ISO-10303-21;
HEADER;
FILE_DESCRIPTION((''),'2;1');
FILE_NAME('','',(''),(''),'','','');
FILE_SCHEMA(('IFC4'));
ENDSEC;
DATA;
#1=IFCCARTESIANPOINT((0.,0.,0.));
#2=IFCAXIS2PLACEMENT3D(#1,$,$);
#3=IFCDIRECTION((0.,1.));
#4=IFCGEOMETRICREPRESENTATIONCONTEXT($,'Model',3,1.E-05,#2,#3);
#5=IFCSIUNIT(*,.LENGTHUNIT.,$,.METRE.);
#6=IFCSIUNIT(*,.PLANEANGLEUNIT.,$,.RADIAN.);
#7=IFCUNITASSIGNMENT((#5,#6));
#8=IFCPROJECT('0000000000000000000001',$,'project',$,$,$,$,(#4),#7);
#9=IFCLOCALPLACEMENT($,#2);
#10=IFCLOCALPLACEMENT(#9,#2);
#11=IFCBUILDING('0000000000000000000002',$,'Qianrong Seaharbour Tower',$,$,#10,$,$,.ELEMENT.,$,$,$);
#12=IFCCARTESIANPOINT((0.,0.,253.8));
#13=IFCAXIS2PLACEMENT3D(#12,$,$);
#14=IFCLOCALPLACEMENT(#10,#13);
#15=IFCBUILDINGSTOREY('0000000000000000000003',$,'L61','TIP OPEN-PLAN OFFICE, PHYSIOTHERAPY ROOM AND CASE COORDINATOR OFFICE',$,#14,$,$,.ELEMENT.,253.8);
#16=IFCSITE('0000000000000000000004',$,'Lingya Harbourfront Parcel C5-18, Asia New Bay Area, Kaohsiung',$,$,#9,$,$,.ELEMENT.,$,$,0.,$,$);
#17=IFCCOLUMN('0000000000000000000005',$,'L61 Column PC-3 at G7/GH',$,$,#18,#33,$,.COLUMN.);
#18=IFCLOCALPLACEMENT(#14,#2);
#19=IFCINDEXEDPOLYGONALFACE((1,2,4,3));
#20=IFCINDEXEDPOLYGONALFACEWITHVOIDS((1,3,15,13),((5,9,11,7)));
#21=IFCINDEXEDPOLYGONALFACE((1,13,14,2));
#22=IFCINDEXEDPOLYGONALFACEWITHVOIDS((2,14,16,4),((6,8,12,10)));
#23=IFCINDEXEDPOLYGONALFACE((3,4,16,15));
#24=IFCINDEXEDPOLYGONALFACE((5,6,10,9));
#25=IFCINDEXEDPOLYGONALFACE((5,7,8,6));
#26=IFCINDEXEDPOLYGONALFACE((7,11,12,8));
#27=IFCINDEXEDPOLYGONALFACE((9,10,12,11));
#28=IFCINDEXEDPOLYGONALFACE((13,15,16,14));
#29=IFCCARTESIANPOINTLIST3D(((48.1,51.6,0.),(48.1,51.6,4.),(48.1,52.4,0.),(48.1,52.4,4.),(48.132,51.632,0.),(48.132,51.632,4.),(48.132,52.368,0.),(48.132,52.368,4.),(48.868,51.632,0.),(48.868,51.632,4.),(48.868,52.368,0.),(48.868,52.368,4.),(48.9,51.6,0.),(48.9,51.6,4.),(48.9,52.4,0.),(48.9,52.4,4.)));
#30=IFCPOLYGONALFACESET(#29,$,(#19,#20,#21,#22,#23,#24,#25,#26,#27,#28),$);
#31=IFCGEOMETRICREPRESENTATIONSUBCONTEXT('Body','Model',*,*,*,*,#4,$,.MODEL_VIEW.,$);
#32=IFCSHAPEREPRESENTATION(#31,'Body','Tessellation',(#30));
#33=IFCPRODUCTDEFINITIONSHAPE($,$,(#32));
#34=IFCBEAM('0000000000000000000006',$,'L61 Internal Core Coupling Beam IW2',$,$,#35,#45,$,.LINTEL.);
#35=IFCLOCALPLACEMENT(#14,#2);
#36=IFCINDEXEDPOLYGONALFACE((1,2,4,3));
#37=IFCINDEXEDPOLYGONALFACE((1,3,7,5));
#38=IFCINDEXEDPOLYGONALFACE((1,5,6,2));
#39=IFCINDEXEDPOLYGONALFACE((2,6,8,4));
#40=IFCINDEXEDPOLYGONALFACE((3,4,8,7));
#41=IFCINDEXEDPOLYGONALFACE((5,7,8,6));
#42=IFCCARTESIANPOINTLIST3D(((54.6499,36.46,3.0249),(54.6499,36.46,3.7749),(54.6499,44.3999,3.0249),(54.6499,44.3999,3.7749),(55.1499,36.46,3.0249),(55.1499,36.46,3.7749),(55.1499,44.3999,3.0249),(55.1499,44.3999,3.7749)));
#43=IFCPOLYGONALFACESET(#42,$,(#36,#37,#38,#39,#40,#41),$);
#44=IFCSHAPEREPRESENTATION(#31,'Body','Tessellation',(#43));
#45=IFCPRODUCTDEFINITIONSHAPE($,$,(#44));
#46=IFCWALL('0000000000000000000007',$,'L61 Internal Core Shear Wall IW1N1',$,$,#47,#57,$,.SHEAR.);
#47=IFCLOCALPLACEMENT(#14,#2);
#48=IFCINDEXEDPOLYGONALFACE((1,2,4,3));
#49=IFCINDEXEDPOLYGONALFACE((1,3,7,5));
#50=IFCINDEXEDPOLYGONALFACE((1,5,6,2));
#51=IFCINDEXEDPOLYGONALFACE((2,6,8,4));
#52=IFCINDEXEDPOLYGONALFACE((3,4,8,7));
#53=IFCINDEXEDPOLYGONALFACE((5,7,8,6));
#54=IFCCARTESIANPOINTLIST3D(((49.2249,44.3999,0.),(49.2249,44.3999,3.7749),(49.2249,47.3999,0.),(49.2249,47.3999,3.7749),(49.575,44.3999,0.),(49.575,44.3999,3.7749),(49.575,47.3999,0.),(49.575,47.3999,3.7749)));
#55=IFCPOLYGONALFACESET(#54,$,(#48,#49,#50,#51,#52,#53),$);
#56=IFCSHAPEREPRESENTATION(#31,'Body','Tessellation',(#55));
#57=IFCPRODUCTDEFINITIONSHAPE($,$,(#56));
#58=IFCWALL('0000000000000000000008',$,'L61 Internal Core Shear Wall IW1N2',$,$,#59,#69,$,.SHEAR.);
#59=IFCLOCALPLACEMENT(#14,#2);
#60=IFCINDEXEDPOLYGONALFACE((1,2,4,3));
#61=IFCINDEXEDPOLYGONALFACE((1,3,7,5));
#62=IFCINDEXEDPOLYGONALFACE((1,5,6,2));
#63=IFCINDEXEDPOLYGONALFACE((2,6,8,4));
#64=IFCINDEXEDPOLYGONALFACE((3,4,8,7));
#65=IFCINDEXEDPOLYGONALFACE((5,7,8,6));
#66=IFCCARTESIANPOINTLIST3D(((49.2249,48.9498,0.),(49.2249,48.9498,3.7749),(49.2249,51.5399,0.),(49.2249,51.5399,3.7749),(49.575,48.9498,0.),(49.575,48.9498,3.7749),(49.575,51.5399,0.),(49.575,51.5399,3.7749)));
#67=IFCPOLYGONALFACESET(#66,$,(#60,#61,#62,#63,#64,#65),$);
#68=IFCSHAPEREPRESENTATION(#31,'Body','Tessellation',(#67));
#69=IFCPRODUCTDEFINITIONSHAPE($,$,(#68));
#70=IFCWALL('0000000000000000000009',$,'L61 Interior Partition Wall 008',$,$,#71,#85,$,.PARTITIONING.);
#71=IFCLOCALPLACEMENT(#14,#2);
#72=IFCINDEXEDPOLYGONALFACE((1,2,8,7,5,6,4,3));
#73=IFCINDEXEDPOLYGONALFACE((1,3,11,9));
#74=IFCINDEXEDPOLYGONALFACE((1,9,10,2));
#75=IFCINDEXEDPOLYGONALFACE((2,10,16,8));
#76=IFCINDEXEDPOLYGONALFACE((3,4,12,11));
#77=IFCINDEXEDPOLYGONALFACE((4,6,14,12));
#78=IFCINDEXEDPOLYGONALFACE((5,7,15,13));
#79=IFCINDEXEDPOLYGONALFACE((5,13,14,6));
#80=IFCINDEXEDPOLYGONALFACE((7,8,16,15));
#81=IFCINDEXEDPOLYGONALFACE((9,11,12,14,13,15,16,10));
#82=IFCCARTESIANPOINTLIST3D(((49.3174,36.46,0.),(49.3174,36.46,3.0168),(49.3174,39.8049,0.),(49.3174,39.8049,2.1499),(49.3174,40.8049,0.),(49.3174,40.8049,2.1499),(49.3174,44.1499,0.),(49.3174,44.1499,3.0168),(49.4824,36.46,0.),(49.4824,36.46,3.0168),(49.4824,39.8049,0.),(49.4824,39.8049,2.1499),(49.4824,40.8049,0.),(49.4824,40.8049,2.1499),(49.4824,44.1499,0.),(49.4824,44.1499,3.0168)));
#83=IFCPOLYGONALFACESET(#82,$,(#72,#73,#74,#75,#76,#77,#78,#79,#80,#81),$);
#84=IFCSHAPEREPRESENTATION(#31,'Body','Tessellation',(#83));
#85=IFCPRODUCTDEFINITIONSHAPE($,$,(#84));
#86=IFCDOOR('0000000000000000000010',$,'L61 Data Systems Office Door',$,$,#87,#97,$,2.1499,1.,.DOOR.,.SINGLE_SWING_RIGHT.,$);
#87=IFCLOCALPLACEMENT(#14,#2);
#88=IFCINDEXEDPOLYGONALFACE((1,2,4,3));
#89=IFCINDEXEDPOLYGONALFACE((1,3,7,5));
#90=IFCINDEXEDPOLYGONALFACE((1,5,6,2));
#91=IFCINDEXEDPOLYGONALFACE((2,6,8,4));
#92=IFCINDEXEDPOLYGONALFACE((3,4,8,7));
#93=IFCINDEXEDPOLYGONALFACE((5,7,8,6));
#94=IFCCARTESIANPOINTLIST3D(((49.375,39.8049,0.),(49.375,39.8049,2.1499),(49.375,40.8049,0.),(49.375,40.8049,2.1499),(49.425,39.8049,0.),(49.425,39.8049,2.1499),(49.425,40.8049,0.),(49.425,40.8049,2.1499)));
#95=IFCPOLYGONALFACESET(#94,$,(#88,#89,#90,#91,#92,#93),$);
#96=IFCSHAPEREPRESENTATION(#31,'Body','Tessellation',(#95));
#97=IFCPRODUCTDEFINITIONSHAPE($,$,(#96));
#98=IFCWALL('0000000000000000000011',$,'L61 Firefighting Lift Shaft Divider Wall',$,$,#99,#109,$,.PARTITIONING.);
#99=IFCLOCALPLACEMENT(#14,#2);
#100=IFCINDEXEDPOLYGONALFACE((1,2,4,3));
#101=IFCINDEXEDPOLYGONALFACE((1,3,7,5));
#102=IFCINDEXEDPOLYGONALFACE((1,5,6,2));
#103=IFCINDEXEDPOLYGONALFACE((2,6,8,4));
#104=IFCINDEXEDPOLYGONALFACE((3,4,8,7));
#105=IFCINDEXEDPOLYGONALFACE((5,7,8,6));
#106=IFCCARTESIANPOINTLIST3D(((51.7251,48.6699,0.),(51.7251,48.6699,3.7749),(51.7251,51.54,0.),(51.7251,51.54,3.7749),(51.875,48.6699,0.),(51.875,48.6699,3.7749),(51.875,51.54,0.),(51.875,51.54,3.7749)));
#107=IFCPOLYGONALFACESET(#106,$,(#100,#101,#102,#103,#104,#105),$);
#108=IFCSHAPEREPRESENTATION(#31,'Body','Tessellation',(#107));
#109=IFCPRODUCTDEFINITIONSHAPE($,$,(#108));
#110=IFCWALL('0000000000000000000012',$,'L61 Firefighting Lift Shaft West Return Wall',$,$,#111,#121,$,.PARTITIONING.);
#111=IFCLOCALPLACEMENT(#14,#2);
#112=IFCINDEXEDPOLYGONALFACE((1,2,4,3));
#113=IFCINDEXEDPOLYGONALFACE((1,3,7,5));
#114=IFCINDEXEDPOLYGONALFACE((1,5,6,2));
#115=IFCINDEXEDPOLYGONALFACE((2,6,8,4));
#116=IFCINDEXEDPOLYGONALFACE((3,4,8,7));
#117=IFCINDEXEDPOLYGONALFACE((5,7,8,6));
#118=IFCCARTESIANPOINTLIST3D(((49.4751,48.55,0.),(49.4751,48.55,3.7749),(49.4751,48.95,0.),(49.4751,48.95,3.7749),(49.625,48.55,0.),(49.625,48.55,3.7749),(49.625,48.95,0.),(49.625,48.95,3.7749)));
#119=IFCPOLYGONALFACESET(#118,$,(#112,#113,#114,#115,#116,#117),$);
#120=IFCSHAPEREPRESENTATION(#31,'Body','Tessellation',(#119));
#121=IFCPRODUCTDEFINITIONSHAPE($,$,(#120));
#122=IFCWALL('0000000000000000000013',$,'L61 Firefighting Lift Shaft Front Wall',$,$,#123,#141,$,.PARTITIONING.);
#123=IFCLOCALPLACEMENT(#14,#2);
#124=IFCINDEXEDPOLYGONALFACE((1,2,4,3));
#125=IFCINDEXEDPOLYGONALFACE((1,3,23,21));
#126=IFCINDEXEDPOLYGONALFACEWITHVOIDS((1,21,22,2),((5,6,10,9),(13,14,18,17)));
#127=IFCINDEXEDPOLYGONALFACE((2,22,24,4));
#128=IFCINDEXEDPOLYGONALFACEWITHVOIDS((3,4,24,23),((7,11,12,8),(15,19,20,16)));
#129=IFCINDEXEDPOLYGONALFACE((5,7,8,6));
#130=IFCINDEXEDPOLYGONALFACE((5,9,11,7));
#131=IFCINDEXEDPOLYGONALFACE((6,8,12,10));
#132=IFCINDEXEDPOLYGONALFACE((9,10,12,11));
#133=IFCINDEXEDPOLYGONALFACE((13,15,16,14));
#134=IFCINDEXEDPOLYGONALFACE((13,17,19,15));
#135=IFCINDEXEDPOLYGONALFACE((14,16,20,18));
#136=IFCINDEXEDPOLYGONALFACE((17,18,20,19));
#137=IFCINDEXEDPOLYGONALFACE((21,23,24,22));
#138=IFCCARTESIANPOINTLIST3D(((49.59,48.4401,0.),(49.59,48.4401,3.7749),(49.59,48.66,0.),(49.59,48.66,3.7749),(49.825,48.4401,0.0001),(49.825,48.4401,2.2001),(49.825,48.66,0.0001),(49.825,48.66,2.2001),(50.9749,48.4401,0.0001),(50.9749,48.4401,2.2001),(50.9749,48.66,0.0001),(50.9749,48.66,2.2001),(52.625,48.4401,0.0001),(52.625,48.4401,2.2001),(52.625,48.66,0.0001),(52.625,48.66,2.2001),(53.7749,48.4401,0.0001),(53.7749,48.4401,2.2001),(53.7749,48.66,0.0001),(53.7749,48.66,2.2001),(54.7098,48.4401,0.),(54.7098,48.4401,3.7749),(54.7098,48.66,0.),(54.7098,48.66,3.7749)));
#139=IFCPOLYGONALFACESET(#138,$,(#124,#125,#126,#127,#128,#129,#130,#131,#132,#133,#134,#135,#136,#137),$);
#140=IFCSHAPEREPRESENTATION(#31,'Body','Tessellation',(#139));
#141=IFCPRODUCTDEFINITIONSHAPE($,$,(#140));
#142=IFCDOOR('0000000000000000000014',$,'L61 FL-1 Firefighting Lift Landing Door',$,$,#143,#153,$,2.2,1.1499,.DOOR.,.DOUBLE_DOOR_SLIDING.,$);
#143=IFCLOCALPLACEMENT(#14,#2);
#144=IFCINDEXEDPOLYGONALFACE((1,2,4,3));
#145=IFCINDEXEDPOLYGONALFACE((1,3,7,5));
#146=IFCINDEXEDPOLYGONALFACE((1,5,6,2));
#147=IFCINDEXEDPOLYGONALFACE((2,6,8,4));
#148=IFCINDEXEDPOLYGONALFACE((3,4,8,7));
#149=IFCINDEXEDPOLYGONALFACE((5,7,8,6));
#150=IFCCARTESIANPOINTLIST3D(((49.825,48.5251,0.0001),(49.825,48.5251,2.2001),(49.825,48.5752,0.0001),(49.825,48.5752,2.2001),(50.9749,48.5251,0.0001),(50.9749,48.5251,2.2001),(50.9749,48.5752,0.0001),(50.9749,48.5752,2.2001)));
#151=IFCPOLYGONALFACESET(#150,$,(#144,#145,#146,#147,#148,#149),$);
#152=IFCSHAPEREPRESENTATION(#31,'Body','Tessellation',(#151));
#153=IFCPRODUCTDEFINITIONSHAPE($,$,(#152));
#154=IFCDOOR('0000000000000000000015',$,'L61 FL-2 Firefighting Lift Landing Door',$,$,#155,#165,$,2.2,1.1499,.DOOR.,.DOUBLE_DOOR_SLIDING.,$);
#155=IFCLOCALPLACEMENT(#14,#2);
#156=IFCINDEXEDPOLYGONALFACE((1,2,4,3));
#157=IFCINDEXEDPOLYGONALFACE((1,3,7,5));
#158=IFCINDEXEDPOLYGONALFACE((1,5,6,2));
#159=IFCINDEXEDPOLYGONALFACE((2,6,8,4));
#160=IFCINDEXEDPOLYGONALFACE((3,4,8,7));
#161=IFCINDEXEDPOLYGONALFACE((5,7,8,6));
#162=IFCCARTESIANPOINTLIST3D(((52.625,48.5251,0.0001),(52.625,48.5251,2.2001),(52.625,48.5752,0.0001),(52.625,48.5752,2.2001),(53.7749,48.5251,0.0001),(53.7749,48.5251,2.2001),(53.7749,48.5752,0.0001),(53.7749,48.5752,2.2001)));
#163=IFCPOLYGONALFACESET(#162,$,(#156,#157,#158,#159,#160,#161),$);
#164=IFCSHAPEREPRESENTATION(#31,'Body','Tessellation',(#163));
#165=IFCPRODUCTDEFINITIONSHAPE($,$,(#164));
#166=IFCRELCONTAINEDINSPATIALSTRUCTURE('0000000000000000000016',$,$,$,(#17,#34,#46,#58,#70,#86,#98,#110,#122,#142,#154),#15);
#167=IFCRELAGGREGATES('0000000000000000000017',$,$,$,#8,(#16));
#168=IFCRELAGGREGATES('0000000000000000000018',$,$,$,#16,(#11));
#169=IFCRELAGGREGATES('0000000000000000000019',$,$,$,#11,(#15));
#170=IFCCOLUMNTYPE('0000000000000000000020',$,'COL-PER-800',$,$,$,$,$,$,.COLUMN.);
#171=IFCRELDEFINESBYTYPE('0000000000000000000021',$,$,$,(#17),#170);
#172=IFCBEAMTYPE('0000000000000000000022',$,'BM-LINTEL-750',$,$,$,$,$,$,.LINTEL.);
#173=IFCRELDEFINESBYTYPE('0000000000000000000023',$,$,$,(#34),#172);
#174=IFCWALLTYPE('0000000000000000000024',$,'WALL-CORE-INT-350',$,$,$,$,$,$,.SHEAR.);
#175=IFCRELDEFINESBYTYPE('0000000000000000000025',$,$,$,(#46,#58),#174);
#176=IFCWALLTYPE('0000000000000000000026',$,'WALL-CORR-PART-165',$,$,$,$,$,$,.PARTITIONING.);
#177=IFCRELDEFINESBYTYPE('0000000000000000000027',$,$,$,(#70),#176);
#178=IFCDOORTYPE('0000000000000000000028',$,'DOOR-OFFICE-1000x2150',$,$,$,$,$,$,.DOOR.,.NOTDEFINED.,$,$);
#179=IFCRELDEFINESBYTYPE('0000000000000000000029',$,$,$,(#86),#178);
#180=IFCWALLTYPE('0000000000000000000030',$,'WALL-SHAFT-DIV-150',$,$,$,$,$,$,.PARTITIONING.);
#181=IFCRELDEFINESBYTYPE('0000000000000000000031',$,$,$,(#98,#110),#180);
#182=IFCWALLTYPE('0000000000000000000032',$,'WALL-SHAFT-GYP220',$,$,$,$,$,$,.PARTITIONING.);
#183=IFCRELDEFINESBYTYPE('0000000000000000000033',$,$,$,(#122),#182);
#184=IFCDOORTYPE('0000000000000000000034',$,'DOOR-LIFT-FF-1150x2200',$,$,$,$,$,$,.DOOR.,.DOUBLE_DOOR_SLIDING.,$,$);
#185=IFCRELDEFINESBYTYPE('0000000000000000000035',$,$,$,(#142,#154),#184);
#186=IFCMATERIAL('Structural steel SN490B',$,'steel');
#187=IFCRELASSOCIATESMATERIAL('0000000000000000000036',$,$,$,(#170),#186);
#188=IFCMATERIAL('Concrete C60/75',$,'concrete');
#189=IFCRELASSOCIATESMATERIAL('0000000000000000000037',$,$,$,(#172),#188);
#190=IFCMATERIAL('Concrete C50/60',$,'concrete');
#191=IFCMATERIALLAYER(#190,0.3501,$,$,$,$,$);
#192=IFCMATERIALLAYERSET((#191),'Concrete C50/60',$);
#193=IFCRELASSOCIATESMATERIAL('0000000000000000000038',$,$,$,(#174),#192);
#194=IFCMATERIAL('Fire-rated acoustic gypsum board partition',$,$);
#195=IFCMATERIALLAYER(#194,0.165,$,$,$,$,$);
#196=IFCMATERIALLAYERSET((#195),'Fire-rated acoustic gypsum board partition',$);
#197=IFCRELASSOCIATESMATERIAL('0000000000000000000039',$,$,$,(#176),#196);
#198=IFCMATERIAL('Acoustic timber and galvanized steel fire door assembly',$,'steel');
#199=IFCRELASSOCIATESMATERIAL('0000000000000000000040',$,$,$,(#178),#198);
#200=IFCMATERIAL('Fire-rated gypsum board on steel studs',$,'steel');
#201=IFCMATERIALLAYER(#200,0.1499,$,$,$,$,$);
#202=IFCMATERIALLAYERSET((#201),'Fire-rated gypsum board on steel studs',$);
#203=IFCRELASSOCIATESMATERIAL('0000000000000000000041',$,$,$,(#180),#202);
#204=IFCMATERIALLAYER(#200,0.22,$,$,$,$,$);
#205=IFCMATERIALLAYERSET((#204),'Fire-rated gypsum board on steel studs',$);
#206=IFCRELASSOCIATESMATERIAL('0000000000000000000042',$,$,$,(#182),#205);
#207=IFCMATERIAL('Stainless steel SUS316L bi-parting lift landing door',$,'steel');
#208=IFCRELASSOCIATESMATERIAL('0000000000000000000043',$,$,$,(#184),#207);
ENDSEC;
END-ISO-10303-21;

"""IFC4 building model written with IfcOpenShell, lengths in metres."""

from ifc_helpers import new_model, si_unit, direction, frame, frame_2d, origin, origin_2d, place, context, subcontext, project, spatial, rectangle, hollow_rectangle, extrude, material, layer, layer_set, material_profile, profile_set, type_object, element, fill, save


model = new_model("IFC4")

# Units and contexts
model_context = context("Model", 3, precision=1e-05, world=origin(), true_north=direction((0.0, 1.0)))
body_context = subcontext(model_context, "Body", "Model", "MODEL_VIEW")
ifc_project = project(units=[si_unit("LENGTHUNIT", "METRE"), si_unit("PLANEANGLEUNIT", "RADIAN")], contexts=[model_context])

# Site, building, storey
site_placement = place(None, origin())
site = spatial("IfcSite", under=ifc_project, at=site_placement, Name="Lingya Harbourfront Parcel C5-18, Asia New Bay Area, Kaohsiung", CompositionType="ELEMENT", RefElevation=0.0)
building_placement = place(site_placement, origin())
building = spatial("IfcBuilding", under=site, at=building_placement, Name="Qianrong Seaharbour Tower", CompositionType="ELEMENT")
storey_placement = place(building_placement, frame((0.0, 0.0, 253.8)))
storey = spatial("IfcBuildingStorey", under=building, at=storey_placement, Name="L61", Description="TIP OPEN-PLAN OFFICE, PHYSIOTHERAPY ROOM AND CASE COORDINATOR OFFICE", CompositionType="ELEMENT", Elevation=253.8)

# Column
ifc_material_1 = material(Name="Structural steel SN490B", Category="steel")
ifc_material_profile_1 = material_profile(ifc_material_1, hollow_rectangle(XDim=0.8, YDim=0.8, WallThickness=0.032, at=origin_2d()), Name="BOX800x800x32")
ifc_profile_set_1 = profile_set([ifc_material_profile_1], Name="Structural steel SN490B")
column_type = type_object("IfcColumnType", Name="COL-PER-800", PredefinedType="COLUMN", material=ifc_profile_set_1)
column_placement = place(storey_placement, frame((48.5, 52.0, 0.0), z_axis=(0.0, 0.0, 1.0), x_axis=(1.0, 0.0, 0.0)))
element("IfcColumn", 1, at=column_placement, inside=storey, type_object=column_type, Name="L61 Column PC-3 at G7/GH", PredefinedType="COLUMN", context=body_context, shape_type="SweptSolid", body=[
    extrude(hollow_rectangle(XDim=0.8, YDim=0.8, WallThickness=0.032, at=origin_2d()), origin(), (0.0, 0.0, 1.0), 4.0),
])

# Beam
ifc_material_2 = material(Name="Concrete C60/75", Category="concrete")
ifc_material_profile_2 = material_profile(ifc_material_2, rectangle(XDim=0.5, YDim=0.75, at=origin_2d()), Name="RC500x750")
ifc_profile_set_2 = profile_set([ifc_material_profile_2], Name="Concrete C60/75")
beam_type = type_object("IfcBeamType", Name="BM-LINTEL-750", PredefinedType="LINTEL", material=ifc_profile_set_2)
beam_placement = place(storey_placement, frame((54.8999, 36.46, 3.3999), z_axis=(0.0, 1.0, 0.0), x_axis=(-1.0, 0.0, 0.0)))
element("IfcBeam", 2, at=beam_placement, inside=storey, type_object=beam_type, Name="L61 Internal Core Coupling Beam IW2", PredefinedType="LINTEL", context=body_context, shape_type="SweptSolid", body=[
    extrude(rectangle(XDim=0.5, YDim=0.75, at=origin_2d()), origin(), (0.0, 0.0, 1.0), 7.9399),
])

# Walls
ifc_material_3 = material(Name="Concrete C50/60", Category="concrete")
ifc_layer_1 = layer(ifc_material_3, 0.3501)
ifc_layer_set_1 = layer_set([ifc_layer_1], Name="Concrete C50/60")
wall_type_1 = type_object("IfcWallType", Name="WALL-CORE-INT-350", PredefinedType="SHEAR", material=ifc_layer_set_1)
wall_1_placement = place(storey_placement, frame((49.3999, 44.3999, 0.0), z_axis=(0.0, 0.0, 1.0), x_axis=(0.0, 1.0, 0.0)))
element("IfcWall", 3, at=wall_1_placement, inside=storey, type_object=wall_type_1, Name="L61 Internal Core Shear Wall IW1N1", PredefinedType="SHEAR", context=body_context, shape_type="SweptSolid", body=[
    extrude(rectangle(XDim=3.0, YDim=0.3501, at=frame_2d((1.5, 0.0))), origin(), (0.0, 0.0, 1.0), 3.7749),
])
wall_2_placement = place(storey_placement, frame((49.3999, 48.95, 0.0), z_axis=(0.0, 0.0, 1.0), x_axis=(0.0, 1.0, 0.0)))
element("IfcWall", 4, at=wall_2_placement, inside=storey, type_object=wall_type_1, Name="L61 Internal Core Shear Wall IW1N2", PredefinedType="SHEAR", context=body_context, shape_type="SweptSolid", body=[
    extrude(rectangle(XDim=2.5901, YDim=0.3501, at=frame_2d((1.2949, 0.0))), origin(), (0.0, 0.0, 1.0), 3.7749),
])

# Wall, opening, door
ifc_material_4 = material(Name="Fire-rated acoustic gypsum board partition")
ifc_layer_2 = layer(ifc_material_4, 0.165)
ifc_layer_set_2 = layer_set([ifc_layer_2], Name="Fire-rated acoustic gypsum board partition")
wall_type_2 = type_object("IfcWallType", Name="WALL-CORR-PART-165", PredefinedType="PARTITIONING", material=ifc_layer_set_2)
ifc_material_5 = material(Name="Acoustic timber and galvanized steel fire door assembly", Category="steel")
wall_3_placement = place(storey_placement, frame((49.3999, 36.46, 0.0), z_axis=(0.0, 0.0, 1.0), x_axis=(0.0, 1.0, 0.0)))
wall_3 = element("IfcWall", 5, at=wall_3_placement, inside=storey, type_object=wall_type_2, Name="L61 Interior Partition Wall 008", PredefinedType="PARTITIONING", context=body_context, shape_type="SweptSolid", body=[
    extrude(rectangle(XDim=7.6899, YDim=0.165, at=frame_2d((3.845, 0.0))), origin(), (0.0, 0.0, 1.0), 3.0168),
])
opening_1_placement = place(wall_3_placement, frame((3.345, 0.0, 0.0)))
opening_1 = element("IfcOpeningElement", 6, at=opening_1_placement, cuts=wall_3, PredefinedType="OPENING", context=body_context, shape_type="SweptSolid", body=[
    extrude(rectangle(XDim=1.0, YDim=2.1499, at=frame_2d((0.5, 1.075))), frame((0.0, 0.0925, 0.0), z_axis=(0.0, -1.0, 0.0), x_axis=(1.0, 0.0, 0.0)), (0.0, 0.0, 1.0), 0.1851),
])
door_type_1 = type_object("IfcDoorType", Name="DOOR-OFFICE-1000x2150", OperationType="NOTDEFINED", PredefinedType="DOOR", material=ifc_material_5)
door_1_placement = place(opening_1_placement, origin())
door_1 = element("IfcDoor", 7, at=door_1_placement, inside=storey, type_object=door_type_1, Name="L61 Data Systems Office Door", OperationType="SINGLE_SWING_RIGHT", OverallHeight=2.1499, OverallWidth=1.0, PredefinedType="DOOR", context=body_context, shape_type="SweptSolid", body=[
    extrude(rectangle(XDim=1.0, YDim=2.1499, at=frame_2d((0.5, 1.075))), frame((0.0, 0.0249, 0.0), z_axis=(0.0, -1.0, 0.0), x_axis=(1.0, 0.0, 0.0)), (0.0, 0.0, 1.0), 0.05),
])
fill(opening_1, door_1)

# Walls
ifc_material_6 = material(Name="Fire-rated gypsum board on steel studs", Category="steel")
ifc_layer_3 = layer(ifc_material_6, 0.1499)
ifc_layer_set_3 = layer_set([ifc_layer_3], Name="Fire-rated gypsum board on steel studs")
wall_type_3 = type_object("IfcWallType", Name="WALL-SHAFT-DIV-150", PredefinedType="PARTITIONING", material=ifc_layer_set_3)
wall_4_placement = place(storey_placement, frame((51.8, 48.6699, 0.0), z_axis=(0.0, 0.0, 1.0), x_axis=(0.0, 1.0, 0.0)))
element("IfcWall", 8, at=wall_4_placement, inside=storey, type_object=wall_type_3, Name="L61 Firefighting Lift Shaft Divider Wall", PredefinedType="PARTITIONING", context=body_context, shape_type="SweptSolid", body=[
    extrude(rectangle(XDim=2.8701, YDim=0.1499, at=frame_2d((1.4351, 0.0))), origin(), (0.0, 0.0, 1.0), 3.7749),
])
wall_5_placement = place(storey_placement, frame((49.55, 48.55, 0.0), z_axis=(0.0, 0.0, 1.0), x_axis=(0.0, 1.0, 0.0)))
element("IfcWall", 9, at=wall_5_placement, inside=storey, type_object=wall_type_3, Name="L61 Firefighting Lift Shaft West Return Wall", PredefinedType="PARTITIONING", context=body_context, shape_type="SweptSolid", body=[
    extrude(rectangle(XDim=0.3999, YDim=0.1499, at=frame_2d((0.2, 0.0))), origin(), (0.0, 0.0, 1.0), 3.7749),
])

# Wall, openings, doors
ifc_layer_4 = layer(ifc_material_6, 0.22)
ifc_layer_set_4 = layer_set([ifc_layer_4], Name="Fire-rated gypsum board on steel studs")
wall_type_4 = type_object("IfcWallType", Name="WALL-SHAFT-GYP220", PredefinedType="PARTITIONING", material=ifc_layer_set_4)
wall_6_placement = place(storey_placement, frame((54.71, 48.55, 0.0), z_axis=(0.0, 0.0, 1.0), x_axis=(-1.0, 0.0, 0.0)))
wall_6 = element("IfcWall", 10, at=wall_6_placement, inside=storey, type_object=wall_type_4, Name="L61 Firefighting Lift Shaft Front Wall", PredefinedType="PARTITIONING", context=body_context, shape_type="SweptSolid", body=[
    extrude(rectangle(XDim=5.1199, YDim=0.22, at=frame_2d((2.5601, 0.0))), origin(), (0.0, 0.0, 1.0), 3.7749),
])
opening_2_placement = place(wall_6_placement, frame((3.7351, 0.0, 0.0)))
opening_2 = element("IfcOpeningElement", 11, at=opening_2_placement, cuts=wall_6, PredefinedType="OPENING", context=body_context, shape_type="SweptSolid", body=[
    extrude(rectangle(XDim=1.1499, YDim=2.2, at=frame_2d((0.575, 1.1001))), frame((0.0, 0.1201, 0.0), z_axis=(0.0, -1.0, 0.0), x_axis=(1.0, 0.0, 0.0)), (0.0, 0.0, 1.0), 0.24),
])
opening_3_placement = place(wall_6_placement, frame((0.9351, 0.0, 0.0)))
opening_3 = element("IfcOpeningElement", 12, at=opening_3_placement, cuts=wall_6, PredefinedType="OPENING", context=body_context, shape_type="SweptSolid", body=[
    extrude(rectangle(XDim=1.1499, YDim=2.2, at=frame_2d((0.575, 1.1001))), frame((0.0, 0.1201, 0.0), z_axis=(0.0, -1.0, 0.0), x_axis=(1.0, 0.0, 0.0)), (0.0, 0.0, 1.0), 0.24),
])
ifc_material_7 = material(Name="Stainless steel SUS316L bi-parting lift landing door", Category="steel")
door_type_2 = type_object("IfcDoorType", Name="DOOR-LIFT-FF-1150x2200", OperationType="DOUBLE_DOOR_SLIDING", PredefinedType="DOOR", material=ifc_material_7)
door_2_placement = place(opening_2_placement, origin())
door_2 = element("IfcDoor", 13, at=door_2_placement, inside=storey, type_object=door_type_2, Name="L61 FL-1 Firefighting Lift Landing Door", OperationType="DOUBLE_DOOR_SLIDING", OverallHeight=2.2, OverallWidth=1.1499, PredefinedType="DOOR", context=body_context, shape_type="SweptSolid", body=[
    extrude(rectangle(XDim=1.1499, YDim=2.2, at=frame_2d((0.575, 1.1001))), frame((0.0, 0.0249, 0.0), z_axis=(0.0, -1.0, 0.0), x_axis=(1.0, 0.0, 0.0)), (0.0, 0.0, 1.0), 0.05),
])
fill(opening_2, door_2)
door_3_placement = place(opening_3_placement, origin())
door_3 = element("IfcDoor", 14, at=door_3_placement, inside=storey, type_object=door_type_2, Name="L61 FL-2 Firefighting Lift Landing Door", OperationType="DOUBLE_DOOR_SLIDING", OverallHeight=2.2, OverallWidth=1.1499, PredefinedType="DOOR", context=body_context, shape_type="SweptSolid", body=[
    extrude(rectangle(XDim=1.1499, YDim=2.2, at=frame_2d((0.575, 1.1001))), frame((0.0, 0.0249, 0.0), z_axis=(0.0, -1.0, 0.0), x_axis=(1.0, 0.0, 0.0)), (0.0, 0.0, 1.0), 0.05),
])
fill(opening_3, door_3)

save(model, "model.ifc")
